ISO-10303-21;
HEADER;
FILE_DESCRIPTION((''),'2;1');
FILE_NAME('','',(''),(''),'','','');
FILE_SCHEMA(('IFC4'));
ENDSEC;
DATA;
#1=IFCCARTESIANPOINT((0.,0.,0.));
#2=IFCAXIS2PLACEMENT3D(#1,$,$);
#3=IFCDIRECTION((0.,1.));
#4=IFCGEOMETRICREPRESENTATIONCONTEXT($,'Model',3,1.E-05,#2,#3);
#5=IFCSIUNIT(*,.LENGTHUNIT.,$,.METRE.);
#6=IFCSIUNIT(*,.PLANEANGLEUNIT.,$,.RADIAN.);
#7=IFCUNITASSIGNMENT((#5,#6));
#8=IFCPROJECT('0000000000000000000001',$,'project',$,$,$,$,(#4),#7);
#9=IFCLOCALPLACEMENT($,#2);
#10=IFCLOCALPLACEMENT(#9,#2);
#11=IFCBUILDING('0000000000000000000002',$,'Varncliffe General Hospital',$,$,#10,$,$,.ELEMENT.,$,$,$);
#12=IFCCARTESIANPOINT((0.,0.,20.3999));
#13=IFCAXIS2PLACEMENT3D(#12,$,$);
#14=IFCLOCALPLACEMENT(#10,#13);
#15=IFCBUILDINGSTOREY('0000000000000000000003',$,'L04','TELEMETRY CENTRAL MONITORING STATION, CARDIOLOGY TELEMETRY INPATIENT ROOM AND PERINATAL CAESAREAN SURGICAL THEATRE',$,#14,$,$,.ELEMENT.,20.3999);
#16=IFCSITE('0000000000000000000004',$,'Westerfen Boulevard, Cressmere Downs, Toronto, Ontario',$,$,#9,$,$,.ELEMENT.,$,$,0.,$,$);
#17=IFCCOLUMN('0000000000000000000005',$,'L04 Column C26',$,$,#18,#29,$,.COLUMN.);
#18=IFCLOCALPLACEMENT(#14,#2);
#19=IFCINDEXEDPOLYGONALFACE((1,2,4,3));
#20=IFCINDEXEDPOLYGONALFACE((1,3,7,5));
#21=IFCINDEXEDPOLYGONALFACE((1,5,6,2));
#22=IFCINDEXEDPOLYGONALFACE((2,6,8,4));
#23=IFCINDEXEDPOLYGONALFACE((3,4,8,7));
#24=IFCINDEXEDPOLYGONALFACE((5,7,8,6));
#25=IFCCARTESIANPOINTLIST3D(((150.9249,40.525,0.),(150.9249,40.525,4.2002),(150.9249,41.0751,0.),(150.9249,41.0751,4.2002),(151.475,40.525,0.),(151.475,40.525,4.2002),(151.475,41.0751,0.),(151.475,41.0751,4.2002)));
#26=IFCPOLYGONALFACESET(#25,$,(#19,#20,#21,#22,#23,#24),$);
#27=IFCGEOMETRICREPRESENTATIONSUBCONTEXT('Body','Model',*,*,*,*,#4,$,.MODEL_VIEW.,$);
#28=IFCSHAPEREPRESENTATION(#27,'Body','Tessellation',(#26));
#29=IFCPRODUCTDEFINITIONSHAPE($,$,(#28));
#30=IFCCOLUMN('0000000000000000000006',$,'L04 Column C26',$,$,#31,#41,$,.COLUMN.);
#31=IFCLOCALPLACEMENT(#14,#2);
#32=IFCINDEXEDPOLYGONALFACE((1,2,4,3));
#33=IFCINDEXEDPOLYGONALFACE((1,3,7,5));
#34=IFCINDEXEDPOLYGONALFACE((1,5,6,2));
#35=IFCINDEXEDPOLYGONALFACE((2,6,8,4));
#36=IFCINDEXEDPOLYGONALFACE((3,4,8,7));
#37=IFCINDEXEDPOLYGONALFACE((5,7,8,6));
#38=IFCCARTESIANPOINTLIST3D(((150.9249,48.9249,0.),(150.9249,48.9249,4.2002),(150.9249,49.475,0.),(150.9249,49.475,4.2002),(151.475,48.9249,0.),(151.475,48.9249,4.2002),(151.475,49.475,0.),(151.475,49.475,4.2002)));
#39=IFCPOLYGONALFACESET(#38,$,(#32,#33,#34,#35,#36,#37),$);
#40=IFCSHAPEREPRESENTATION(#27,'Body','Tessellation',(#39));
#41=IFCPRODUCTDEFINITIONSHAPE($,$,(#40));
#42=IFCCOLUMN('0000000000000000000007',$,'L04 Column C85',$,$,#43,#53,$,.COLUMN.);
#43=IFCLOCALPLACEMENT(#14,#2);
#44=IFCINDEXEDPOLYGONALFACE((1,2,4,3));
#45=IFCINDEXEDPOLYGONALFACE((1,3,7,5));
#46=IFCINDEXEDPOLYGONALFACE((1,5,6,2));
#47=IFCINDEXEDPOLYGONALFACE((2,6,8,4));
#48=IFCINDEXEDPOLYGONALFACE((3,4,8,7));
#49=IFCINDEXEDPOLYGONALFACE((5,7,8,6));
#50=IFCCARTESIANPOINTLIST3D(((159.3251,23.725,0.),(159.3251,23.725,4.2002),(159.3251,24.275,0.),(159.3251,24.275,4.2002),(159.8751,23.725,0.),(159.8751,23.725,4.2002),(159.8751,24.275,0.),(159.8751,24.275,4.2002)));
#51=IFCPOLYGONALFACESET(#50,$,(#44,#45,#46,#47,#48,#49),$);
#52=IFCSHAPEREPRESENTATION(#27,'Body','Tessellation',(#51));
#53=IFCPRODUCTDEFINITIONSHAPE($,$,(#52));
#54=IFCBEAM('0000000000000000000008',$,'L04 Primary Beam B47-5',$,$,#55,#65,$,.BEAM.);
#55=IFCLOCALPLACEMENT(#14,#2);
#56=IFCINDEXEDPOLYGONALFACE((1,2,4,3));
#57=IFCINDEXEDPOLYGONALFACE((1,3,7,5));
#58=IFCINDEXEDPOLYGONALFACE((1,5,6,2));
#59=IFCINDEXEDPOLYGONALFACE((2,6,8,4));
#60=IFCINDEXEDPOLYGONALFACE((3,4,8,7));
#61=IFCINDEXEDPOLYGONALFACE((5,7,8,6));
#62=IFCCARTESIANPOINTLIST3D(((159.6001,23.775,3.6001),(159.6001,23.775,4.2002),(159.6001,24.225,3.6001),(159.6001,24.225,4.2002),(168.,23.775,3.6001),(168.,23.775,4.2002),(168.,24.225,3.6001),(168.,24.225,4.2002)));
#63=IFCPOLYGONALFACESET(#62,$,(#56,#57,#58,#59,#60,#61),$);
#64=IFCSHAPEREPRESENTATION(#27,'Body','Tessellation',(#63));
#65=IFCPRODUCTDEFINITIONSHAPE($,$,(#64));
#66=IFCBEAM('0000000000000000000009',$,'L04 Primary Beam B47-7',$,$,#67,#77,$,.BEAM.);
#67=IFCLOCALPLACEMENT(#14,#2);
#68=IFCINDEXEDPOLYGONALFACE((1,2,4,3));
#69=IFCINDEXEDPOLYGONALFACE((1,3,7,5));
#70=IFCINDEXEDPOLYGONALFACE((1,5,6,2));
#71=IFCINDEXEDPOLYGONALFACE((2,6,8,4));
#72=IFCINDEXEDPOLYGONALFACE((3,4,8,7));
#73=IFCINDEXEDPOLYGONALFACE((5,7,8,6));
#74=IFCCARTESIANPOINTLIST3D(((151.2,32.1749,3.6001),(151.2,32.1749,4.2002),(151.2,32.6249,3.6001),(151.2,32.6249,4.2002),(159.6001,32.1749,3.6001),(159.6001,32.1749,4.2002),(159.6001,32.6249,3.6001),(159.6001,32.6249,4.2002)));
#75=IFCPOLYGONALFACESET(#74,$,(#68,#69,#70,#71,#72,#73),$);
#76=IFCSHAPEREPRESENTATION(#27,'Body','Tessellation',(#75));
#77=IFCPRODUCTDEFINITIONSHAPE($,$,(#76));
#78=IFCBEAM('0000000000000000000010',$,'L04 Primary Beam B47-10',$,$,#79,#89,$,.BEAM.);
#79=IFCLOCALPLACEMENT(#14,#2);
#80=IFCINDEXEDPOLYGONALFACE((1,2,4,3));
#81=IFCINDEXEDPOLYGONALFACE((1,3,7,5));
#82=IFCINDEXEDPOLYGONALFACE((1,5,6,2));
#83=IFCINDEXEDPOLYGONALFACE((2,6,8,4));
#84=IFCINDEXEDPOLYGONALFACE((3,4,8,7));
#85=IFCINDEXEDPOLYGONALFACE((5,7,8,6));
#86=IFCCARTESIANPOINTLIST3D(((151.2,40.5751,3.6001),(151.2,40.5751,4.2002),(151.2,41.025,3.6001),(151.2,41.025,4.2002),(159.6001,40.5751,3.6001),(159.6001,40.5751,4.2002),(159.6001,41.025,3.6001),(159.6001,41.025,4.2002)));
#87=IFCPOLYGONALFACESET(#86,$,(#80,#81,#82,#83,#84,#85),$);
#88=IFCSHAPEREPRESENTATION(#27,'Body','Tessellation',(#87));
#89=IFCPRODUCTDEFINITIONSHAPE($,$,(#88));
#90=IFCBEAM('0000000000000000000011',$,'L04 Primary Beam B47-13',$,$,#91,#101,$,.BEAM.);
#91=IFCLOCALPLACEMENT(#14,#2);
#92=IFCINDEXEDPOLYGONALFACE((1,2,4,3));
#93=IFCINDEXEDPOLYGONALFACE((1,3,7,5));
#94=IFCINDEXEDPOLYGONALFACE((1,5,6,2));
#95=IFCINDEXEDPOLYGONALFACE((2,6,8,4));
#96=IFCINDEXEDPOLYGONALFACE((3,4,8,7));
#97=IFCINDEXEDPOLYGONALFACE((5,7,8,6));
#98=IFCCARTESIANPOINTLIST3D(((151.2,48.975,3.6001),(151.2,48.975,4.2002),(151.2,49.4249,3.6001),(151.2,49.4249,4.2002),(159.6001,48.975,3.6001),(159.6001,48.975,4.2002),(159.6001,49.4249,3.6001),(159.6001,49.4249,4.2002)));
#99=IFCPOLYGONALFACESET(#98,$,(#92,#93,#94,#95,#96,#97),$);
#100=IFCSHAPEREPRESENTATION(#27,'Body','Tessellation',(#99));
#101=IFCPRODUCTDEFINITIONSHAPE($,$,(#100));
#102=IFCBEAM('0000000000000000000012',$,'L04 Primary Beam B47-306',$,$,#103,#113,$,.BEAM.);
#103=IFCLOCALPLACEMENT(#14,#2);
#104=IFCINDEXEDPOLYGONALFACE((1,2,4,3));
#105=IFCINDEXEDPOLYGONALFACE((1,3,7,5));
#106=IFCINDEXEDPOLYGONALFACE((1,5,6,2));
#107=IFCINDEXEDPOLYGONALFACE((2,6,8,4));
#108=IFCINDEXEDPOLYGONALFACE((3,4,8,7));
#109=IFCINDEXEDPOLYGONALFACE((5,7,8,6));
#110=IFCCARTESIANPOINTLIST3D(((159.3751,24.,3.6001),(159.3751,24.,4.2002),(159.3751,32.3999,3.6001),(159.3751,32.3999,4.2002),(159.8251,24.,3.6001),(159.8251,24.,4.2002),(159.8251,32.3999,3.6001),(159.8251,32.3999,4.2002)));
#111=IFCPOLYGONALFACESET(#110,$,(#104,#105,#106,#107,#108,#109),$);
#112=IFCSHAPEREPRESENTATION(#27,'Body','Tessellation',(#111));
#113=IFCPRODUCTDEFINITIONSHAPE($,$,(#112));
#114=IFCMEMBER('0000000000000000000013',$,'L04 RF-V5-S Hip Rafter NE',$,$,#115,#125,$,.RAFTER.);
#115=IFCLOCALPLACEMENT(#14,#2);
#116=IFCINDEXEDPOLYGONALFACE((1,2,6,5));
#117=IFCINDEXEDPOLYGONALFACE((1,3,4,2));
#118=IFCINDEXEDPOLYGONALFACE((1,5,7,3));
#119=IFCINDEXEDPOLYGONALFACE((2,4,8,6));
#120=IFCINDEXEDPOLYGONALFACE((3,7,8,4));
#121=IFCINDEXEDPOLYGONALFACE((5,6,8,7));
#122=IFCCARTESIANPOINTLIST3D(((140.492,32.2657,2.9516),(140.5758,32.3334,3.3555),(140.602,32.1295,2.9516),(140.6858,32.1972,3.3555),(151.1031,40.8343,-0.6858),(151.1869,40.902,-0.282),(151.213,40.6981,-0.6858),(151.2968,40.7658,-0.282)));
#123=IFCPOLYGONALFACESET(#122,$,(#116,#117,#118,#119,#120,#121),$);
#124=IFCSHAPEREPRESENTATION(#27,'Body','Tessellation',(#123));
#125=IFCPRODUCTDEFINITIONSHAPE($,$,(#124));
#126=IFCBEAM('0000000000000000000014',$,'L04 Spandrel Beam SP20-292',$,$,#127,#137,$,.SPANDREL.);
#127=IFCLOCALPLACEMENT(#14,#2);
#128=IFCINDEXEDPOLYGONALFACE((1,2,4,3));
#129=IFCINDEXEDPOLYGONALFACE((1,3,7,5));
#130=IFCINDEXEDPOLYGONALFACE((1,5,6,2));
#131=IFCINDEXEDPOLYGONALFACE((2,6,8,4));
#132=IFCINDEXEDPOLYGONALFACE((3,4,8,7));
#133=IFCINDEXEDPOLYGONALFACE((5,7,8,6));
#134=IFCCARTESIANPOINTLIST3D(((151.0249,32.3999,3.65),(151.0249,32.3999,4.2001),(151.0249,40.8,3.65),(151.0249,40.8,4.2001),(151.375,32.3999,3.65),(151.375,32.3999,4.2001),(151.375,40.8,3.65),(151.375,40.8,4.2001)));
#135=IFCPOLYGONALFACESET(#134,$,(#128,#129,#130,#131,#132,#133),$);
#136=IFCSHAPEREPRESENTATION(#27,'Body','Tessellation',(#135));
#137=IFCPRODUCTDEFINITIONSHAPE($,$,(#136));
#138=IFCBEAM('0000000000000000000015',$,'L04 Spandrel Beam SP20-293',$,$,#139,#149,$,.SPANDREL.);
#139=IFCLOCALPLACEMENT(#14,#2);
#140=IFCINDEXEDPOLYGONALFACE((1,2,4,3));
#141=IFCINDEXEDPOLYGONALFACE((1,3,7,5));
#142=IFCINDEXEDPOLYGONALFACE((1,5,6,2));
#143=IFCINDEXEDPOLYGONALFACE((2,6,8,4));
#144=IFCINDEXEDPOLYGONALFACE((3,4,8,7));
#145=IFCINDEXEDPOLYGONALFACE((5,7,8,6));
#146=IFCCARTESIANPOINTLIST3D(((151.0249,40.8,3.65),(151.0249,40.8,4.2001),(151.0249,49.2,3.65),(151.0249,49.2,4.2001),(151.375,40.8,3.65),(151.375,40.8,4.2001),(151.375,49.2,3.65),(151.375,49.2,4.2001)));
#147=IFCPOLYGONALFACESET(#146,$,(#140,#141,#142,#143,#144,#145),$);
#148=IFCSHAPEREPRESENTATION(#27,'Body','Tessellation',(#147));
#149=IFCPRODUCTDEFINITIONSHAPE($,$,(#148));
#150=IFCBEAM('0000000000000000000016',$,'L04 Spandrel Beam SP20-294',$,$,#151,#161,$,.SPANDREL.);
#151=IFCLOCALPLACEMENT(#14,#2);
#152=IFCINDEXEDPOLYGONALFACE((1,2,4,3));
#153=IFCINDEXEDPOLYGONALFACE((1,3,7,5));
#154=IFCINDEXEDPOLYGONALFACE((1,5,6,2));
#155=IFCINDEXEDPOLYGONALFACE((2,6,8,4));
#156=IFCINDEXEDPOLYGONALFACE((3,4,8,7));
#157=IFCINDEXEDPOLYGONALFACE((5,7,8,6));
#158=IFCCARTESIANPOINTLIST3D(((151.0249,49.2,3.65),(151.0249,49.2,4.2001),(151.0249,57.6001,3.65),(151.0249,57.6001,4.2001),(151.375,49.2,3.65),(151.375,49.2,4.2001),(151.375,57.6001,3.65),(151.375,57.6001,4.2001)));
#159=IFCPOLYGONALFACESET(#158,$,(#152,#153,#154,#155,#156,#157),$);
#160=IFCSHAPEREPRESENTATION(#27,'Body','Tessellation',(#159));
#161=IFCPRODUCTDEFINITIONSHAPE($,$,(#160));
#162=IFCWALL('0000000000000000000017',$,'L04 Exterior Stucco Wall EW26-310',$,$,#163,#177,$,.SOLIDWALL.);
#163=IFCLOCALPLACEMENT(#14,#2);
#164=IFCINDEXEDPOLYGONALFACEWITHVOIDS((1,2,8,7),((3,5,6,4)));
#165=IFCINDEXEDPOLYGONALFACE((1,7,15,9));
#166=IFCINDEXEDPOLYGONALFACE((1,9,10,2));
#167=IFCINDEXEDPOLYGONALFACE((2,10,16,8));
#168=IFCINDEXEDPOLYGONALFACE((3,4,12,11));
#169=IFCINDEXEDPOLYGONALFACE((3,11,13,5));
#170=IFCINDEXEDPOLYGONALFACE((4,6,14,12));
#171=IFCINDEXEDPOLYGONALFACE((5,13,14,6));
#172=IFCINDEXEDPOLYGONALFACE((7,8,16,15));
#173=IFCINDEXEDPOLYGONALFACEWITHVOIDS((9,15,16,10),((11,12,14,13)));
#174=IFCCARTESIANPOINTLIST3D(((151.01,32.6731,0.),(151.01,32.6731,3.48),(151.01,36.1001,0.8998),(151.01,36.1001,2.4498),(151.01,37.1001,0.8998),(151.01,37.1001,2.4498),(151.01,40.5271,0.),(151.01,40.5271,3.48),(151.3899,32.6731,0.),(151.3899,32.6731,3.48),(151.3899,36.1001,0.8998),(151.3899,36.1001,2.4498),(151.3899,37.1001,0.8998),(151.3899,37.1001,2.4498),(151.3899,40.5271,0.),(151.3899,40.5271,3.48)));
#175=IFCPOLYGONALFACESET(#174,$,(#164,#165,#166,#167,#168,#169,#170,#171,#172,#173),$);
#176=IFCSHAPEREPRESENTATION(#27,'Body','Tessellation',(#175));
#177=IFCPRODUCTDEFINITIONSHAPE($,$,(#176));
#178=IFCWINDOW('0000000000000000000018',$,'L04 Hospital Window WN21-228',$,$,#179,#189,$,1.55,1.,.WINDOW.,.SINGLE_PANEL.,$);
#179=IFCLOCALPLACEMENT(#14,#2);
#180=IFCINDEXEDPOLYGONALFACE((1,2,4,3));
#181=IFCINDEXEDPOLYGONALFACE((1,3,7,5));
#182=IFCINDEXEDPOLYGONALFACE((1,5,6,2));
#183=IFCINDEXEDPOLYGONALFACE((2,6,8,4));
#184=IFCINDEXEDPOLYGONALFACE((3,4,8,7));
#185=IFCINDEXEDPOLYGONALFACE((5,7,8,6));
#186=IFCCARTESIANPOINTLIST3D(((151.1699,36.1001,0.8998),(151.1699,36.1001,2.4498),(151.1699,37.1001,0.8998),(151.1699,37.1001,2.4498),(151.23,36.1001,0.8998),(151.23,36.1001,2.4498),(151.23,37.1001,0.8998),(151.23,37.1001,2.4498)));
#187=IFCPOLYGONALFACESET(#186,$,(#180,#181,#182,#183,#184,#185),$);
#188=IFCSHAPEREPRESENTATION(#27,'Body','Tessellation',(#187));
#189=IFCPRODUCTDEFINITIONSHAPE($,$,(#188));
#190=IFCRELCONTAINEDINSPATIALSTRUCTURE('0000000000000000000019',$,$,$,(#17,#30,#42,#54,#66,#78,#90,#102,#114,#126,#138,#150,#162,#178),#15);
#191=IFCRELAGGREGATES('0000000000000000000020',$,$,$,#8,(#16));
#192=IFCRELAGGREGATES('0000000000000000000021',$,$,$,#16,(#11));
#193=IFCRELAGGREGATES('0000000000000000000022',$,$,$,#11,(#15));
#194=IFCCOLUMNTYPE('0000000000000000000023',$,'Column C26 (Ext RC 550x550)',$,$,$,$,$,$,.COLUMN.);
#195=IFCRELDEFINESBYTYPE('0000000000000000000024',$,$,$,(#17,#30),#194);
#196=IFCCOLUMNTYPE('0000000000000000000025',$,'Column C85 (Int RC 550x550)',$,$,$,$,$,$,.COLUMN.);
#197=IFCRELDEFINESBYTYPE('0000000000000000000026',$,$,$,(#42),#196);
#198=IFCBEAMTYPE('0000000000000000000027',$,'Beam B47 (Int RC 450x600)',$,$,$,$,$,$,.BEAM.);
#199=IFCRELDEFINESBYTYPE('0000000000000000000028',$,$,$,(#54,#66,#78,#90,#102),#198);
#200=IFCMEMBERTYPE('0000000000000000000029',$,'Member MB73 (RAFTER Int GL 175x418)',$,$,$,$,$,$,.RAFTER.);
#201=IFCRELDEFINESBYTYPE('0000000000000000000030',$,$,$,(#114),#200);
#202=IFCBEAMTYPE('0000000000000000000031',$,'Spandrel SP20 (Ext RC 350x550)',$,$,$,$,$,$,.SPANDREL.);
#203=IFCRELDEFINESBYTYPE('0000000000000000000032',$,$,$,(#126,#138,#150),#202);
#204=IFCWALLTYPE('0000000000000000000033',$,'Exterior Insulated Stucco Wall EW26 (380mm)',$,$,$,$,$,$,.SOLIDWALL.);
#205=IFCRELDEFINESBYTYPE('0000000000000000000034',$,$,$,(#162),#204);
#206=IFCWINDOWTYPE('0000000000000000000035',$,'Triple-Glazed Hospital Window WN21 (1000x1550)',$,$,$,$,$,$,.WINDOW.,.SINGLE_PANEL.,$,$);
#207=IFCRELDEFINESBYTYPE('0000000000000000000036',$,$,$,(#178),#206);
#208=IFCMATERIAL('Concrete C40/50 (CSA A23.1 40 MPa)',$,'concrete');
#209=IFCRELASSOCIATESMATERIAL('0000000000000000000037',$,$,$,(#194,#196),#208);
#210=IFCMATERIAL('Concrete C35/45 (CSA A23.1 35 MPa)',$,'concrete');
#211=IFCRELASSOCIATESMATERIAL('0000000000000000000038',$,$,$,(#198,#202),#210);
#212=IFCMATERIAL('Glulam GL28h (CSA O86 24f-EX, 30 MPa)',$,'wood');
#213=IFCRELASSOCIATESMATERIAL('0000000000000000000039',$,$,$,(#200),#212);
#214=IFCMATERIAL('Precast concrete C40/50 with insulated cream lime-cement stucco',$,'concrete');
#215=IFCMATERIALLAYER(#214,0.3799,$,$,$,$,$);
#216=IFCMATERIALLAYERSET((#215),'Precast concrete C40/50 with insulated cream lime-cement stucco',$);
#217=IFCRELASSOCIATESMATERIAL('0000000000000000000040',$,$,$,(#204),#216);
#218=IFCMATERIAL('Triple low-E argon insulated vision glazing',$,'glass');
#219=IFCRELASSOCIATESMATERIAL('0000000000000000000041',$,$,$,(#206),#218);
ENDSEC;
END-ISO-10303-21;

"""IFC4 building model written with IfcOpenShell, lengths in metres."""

from ifc_helpers import new_model, si_unit, direction, frame, frame_2d, origin, origin_2d, place, context, subcontext, project, spatial, rectangle, extrude, material, layer, layer_set, material_profile, profile_set, type_object, element, fill, save


model = new_model("IFC4")

# Units and contexts
model_context = context("Model", 3, precision=1e-05, world=origin(), true_north=direction((0.0, 1.0)))
body_context = subcontext(model_context, "Body", "Model", "MODEL_VIEW")
ifc_project = project(units=[si_unit("LENGTHUNIT", "METRE"), si_unit("PLANEANGLEUNIT", "RADIAN")], contexts=[model_context])

# Site, building, storey
site_placement = place(None, origin())
site = spatial("IfcSite", under=ifc_project, at=site_placement, Name="Westerfen Boulevard, Cressmere Downs, Toronto, Ontario", CompositionType="ELEMENT", RefElevation=0.0)
building_placement = place(site_placement, origin())
building = spatial("IfcBuilding", under=site, at=building_placement, Name="Varncliffe General Hospital", CompositionType="ELEMENT")
storey_placement = place(building_placement, frame((0.0, 0.0, 20.3999)))
storey = spatial("IfcBuildingStorey", under=building, at=storey_placement, Name="L04", Description="TELEMETRY CENTRAL MONITORING STATION, CARDIOLOGY TELEMETRY INPATIENT ROOM AND PERINATAL CAESAREAN SURGICAL THEATRE", CompositionType="ELEMENT", Elevation=20.3999)

# Columns
ifc_material_1 = material(Name="Concrete C40/50 (CSA A23.1 40 MPa)", Category="concrete")
ifc_material_profile_1 = material_profile(ifc_material_1, rectangle(XDim=0.55, YDim=0.55, at=origin_2d()), Name="RC 550x550")
ifc_profile_set_1 = profile_set([ifc_material_profile_1], Name="Concrete C40/50 (CSA A23.1 40 MPa)")
column_type_1 = type_object("IfcColumnType", Name="Column C26 (Ext RC 550x550)", PredefinedType="COLUMN", material=ifc_profile_set_1)
for number, where, z_axis, x_axis, name in (
    (1, (151.2, 40.8, 0.0), (0.0, 0.0, 1.0), (1.0, 0.0, 0.0), "L04 Column C26"),
    (2, (151.2, 49.2, 0.0), (0.0, 0.0, 1.0), (1.0, 0.0, 0.0), "L04 Column C26"),
):
    element("IfcColumn", number, at=place(storey_placement, frame(where, z_axis=z_axis, x_axis=x_axis)), inside=storey, type_object=column_type_1, Name=name, PredefinedType="COLUMN", context=body_context, shape_type="SweptSolid", body=[
        extrude(rectangle(XDim=0.55, YDim=0.55, at=origin_2d()), origin(), (0.0, 0.0, 1.0), 4.2002),
    ])
ifc_material_profile_2 = material_profile(ifc_material_1, rectangle(XDim=0.55, YDim=0.55, at=origin_2d()), Name="RC 550x550")
ifc_profile_set_2 = profile_set([ifc_material_profile_2], Name="Concrete C40/50 (CSA A23.1 40 MPa)")
column_type_2 = type_object("IfcColumnType", Name="Column C85 (Int RC 550x550)", PredefinedType="COLUMN", material=ifc_profile_set_2)
column_placement = place(storey_placement, frame((159.6001, 24.0, 0.0), z_axis=(0.0, 0.0, 1.0), x_axis=(1.0, 0.0, 0.0)))
element("IfcColumn", 3, at=column_placement, inside=storey, type_object=column_type_2, Name="L04 Column C85", PredefinedType="COLUMN", context=body_context, shape_type="SweptSolid", body=[
    extrude(rectangle(XDim=0.55, YDim=0.55, at=origin_2d()), origin(), (0.0, 0.0, 1.0), 4.2002),
])

# Beams
ifc_material_2 = material(Name="Concrete C35/45 (CSA A23.1 35 MPa)", Category="concrete")
ifc_material_profile_3 = material_profile(ifc_material_2, rectangle(XDim=0.45, YDim=0.6001, at=origin_2d()), Name="RC 450x600")
ifc_profile_set_3 = profile_set([ifc_material_profile_3], Name="Concrete C35/45 (CSA A23.1 35 MPa)")
beam_type_1 = type_object("IfcBeamType", Name="Beam B47 (Int RC 450x600)", PredefinedType="BEAM", material=ifc_profile_set_3)
beam_1_placement = place(storey_placement, frame((159.6001, 24.0, 3.9001), z_axis=(1.0, 0.0, 0.0), x_axis=(0.0, 1.0, 0.0)))
element("IfcBeam", 4, at=beam_1_placement, inside=storey, type_object=beam_type_1, Name="L04 Primary Beam B47-5", PredefinedType="BEAM", context=body_context, shape_type="SweptSolid", body=[
    extrude(rectangle(XDim=0.45, YDim=0.6001, at=origin_2d()), origin(), (0.0, 0.0, 1.0), 8.3999),
])
for number, where, z_axis, x_axis, name in (
    (5, (151.2, 32.3999, 3.9001), (1.0, 0.0, 0.0), (0.0, 1.0, 0.0), "L04 Primary Beam B47-7"),
    (6, (151.2, 40.8, 3.9001), (1.0, 0.0, 0.0), (0.0, 1.0, 0.0), "L04 Primary Beam B47-10"),
    (7, (151.2, 49.2, 3.9001), (1.0, 0.0, 0.0), (0.0, 1.0, 0.0), "L04 Primary Beam B47-13"),
):
    element("IfcBeam", number, at=place(storey_placement, frame(where, z_axis=z_axis, x_axis=x_axis)), inside=storey, type_object=beam_type_1, Name=name, PredefinedType="BEAM", context=body_context, shape_type="SweptSolid", body=[
        extrude(rectangle(XDim=0.45, YDim=0.6001, at=origin_2d()), origin(), (0.0, 0.0, 1.0), 8.4001),
    ])
beam_2_placement = place(storey_placement, frame((159.6001, 24.0, 3.9001), z_axis=(0.0, 1.0, 0.0), x_axis=(-1.0, 0.0, 0.0)))
element("IfcBeam", 8, at=beam_2_placement, inside=storey, type_object=beam_type_1, Name="L04 Primary Beam B47-306", PredefinedType="BEAM", context=body_context, shape_type="SweptSolid", body=[
    extrude(rectangle(XDim=0.45, YDim=0.6001, at=origin_2d()), origin(), (0.0, 0.0, 1.0), 8.3999),
])

# Member
ifc_material_3 = material(Name="Glulam GL28h (CSA O86 24f-EX, 30 MPa)", Category="wood")
ifc_material_profile_4 = material_profile(ifc_material_3, rectangle(XDim=0.175, YDim=0.418, at=origin_2d()), Name="GL 175x418")
ifc_profile_set_4 = profile_set([ifc_material_profile_4], Name="Glulam GL28h (CSA O86 24f-EX, 30 MPa)")
member_type = type_object("IfcMemberType", Name="Member MB73 (RAFTER Int GL 175x418)", PredefinedType="RAFTER", material=ifc_profile_set_4)
member_placement = place(storey_placement, frame((151.2, 40.8, -0.4839), z_axis=(-0.751733, -0.607035, 0.257692), x_axis=(0.628253, -0.778009, 0.0)))
element("IfcMember", 9, at=member_placement, inside=storey, type_object=member_type, Name="L04 RF-V5-S Hip Rafter NE", PredefinedType="RAFTER", context=body_context, shape_type="SweptSolid", body=[
    extrude(rectangle(XDim=0.175, YDim=0.418, at=origin_2d()), origin(), (0.0, 0.0, 1.0), 14.1155),
])

# Beams
ifc_material_profile_5 = material_profile(ifc_material_2, rectangle(XDim=0.3501, YDim=0.55, at=origin_2d()), Name="RC 350x550")
ifc_profile_set_5 = profile_set([ifc_material_profile_5], Name="Concrete C35/45 (CSA A23.1 35 MPa)")
beam_type_2 = type_object("IfcBeamType", Name="Spandrel SP20 (Ext RC 350x550)", PredefinedType="SPANDREL", material=ifc_profile_set_5)
beam_3_placement = place(storey_placement, frame((151.2, 32.3999, 3.925), z_axis=(0.0, 1.0, 0.0), x_axis=(-1.0, 0.0, 0.0)))
element("IfcBeam", 10, at=beam_3_placement, inside=storey, type_object=beam_type_2, Name="L04 Spandrel Beam SP20-292", PredefinedType="SPANDREL", context=body_context, shape_type="SweptSolid", body=[
    extrude(rectangle(XDim=0.3501, YDim=0.55, at=origin_2d()), origin(), (0.0, 0.0, 1.0), 8.4001),
])
beam_4_placement = place(storey_placement, frame((151.2, 40.8, 3.925), z_axis=(0.0, 1.0, 0.0), x_axis=(-1.0, 0.0, 0.0)))
element("IfcBeam", 11, at=beam_4_placement, inside=storey, type_object=beam_type_2, Name="L04 Spandrel Beam SP20-293", PredefinedType="SPANDREL", context=body_context, shape_type="SweptSolid", body=[
    extrude(rectangle(XDim=0.3501, YDim=0.55, at=origin_2d()), origin(), (0.0, 0.0, 1.0), 8.3999),
])
beam_5_placement = place(storey_placement, frame((151.2, 49.2, 3.925), z_axis=(0.0, 1.0, 0.0), x_axis=(-1.0, 0.0, 0.0)))
element("IfcBeam", 12, at=beam_5_placement, inside=storey, type_object=beam_type_2, Name="L04 Spandrel Beam SP20-294", PredefinedType="SPANDREL", context=body_context, shape_type="SweptSolid", body=[
    extrude(rectangle(XDim=0.3501, YDim=0.55, at=origin_2d()), origin(), (0.0, 0.0, 1.0), 8.4001),
])

# Wall, opening, window
ifc_material_4 = material(Name="Precast concrete C40/50 with insulated cream lime-cement stucco", Category="concrete")
ifc_layer_1 = layer(ifc_material_4, 0.3799)
ifc_layer_set_1 = layer_set([ifc_layer_1], Name="Precast concrete C40/50 with insulated cream lime-cement stucco")
wall_type_1 = type_object("IfcWallType", Name="Exterior Insulated Stucco Wall EW26 (380mm)", PredefinedType="SOLIDWALL", material=ifc_layer_set_1)
wall_1_placement = place(storey_placement, frame((151.2, 32.6731, 0.0), z_axis=(0.0, 0.0, 1.0), x_axis=(0.0, 1.0, 0.0)))
wall_1 = element("IfcWall", 13, at=wall_1_placement, inside=storey, type_object=wall_type_1, Name="L04 Exterior Stucco Wall EW26-310", PredefinedType="SOLIDWALL", context=body_context, shape_type="SweptSolid", body=[
    extrude(rectangle(XDim=7.854, YDim=0.3799, at=frame_2d((3.927, 0.0))), origin(), (0.0, 0.0, 1.0), 3.48),
])
opening_1_placement = place(wall_1_placement, frame((3.427, 0.0, 0.8999)))
opening_1 = element("IfcOpeningElement", 14, at=opening_1_placement, cuts=wall_1, PredefinedType="OPENING", context=body_context, shape_type="SweptSolid", body=[
    extrude(rectangle(XDim=1.0, YDim=1.55, at=frame_2d((0.5, 0.7749))), frame((0.0, 0.2, 0.0), z_axis=(0.0, -1.0, 0.0), x_axis=(1.0, 0.0, 0.0)), (0.0, 0.0, 1.0), 0.3999),
])
ifc_material_5 = material(Name="Triple low-E argon insulated vision glazing", Category="glass")
window_type_1 = type_object("IfcWindowType", Name="Triple-Glazed Hospital Window WN21 (1000x1550)", PartitioningType="SINGLE_PANEL", PredefinedType="WINDOW", material=ifc_material_5)
window_1_placement = place(opening_1_placement, origin())
window_1 = element("IfcWindow", 15, at=window_1_placement, inside=storey, type_object=window_type_1, Name="L04 Hospital Window WN21-228", OverallHeight=1.55, OverallWidth=1.0, PartitioningType="SINGLE_PANEL", PredefinedType="WINDOW", context=body_context, shape_type="SweptSolid", body=[
    extrude(rectangle(XDim=1.0, YDim=1.55, at=frame_2d((0.5, 0.7749))), frame((0.0, 0.03, 0.0), z_axis=(0.0, -1.0, 0.0), x_axis=(1.0, 0.0, 0.0)), (0.0, 0.0, 1.0), 0.0601),
])
fill(opening_1, window_1)

save(model, "model.ifc")
